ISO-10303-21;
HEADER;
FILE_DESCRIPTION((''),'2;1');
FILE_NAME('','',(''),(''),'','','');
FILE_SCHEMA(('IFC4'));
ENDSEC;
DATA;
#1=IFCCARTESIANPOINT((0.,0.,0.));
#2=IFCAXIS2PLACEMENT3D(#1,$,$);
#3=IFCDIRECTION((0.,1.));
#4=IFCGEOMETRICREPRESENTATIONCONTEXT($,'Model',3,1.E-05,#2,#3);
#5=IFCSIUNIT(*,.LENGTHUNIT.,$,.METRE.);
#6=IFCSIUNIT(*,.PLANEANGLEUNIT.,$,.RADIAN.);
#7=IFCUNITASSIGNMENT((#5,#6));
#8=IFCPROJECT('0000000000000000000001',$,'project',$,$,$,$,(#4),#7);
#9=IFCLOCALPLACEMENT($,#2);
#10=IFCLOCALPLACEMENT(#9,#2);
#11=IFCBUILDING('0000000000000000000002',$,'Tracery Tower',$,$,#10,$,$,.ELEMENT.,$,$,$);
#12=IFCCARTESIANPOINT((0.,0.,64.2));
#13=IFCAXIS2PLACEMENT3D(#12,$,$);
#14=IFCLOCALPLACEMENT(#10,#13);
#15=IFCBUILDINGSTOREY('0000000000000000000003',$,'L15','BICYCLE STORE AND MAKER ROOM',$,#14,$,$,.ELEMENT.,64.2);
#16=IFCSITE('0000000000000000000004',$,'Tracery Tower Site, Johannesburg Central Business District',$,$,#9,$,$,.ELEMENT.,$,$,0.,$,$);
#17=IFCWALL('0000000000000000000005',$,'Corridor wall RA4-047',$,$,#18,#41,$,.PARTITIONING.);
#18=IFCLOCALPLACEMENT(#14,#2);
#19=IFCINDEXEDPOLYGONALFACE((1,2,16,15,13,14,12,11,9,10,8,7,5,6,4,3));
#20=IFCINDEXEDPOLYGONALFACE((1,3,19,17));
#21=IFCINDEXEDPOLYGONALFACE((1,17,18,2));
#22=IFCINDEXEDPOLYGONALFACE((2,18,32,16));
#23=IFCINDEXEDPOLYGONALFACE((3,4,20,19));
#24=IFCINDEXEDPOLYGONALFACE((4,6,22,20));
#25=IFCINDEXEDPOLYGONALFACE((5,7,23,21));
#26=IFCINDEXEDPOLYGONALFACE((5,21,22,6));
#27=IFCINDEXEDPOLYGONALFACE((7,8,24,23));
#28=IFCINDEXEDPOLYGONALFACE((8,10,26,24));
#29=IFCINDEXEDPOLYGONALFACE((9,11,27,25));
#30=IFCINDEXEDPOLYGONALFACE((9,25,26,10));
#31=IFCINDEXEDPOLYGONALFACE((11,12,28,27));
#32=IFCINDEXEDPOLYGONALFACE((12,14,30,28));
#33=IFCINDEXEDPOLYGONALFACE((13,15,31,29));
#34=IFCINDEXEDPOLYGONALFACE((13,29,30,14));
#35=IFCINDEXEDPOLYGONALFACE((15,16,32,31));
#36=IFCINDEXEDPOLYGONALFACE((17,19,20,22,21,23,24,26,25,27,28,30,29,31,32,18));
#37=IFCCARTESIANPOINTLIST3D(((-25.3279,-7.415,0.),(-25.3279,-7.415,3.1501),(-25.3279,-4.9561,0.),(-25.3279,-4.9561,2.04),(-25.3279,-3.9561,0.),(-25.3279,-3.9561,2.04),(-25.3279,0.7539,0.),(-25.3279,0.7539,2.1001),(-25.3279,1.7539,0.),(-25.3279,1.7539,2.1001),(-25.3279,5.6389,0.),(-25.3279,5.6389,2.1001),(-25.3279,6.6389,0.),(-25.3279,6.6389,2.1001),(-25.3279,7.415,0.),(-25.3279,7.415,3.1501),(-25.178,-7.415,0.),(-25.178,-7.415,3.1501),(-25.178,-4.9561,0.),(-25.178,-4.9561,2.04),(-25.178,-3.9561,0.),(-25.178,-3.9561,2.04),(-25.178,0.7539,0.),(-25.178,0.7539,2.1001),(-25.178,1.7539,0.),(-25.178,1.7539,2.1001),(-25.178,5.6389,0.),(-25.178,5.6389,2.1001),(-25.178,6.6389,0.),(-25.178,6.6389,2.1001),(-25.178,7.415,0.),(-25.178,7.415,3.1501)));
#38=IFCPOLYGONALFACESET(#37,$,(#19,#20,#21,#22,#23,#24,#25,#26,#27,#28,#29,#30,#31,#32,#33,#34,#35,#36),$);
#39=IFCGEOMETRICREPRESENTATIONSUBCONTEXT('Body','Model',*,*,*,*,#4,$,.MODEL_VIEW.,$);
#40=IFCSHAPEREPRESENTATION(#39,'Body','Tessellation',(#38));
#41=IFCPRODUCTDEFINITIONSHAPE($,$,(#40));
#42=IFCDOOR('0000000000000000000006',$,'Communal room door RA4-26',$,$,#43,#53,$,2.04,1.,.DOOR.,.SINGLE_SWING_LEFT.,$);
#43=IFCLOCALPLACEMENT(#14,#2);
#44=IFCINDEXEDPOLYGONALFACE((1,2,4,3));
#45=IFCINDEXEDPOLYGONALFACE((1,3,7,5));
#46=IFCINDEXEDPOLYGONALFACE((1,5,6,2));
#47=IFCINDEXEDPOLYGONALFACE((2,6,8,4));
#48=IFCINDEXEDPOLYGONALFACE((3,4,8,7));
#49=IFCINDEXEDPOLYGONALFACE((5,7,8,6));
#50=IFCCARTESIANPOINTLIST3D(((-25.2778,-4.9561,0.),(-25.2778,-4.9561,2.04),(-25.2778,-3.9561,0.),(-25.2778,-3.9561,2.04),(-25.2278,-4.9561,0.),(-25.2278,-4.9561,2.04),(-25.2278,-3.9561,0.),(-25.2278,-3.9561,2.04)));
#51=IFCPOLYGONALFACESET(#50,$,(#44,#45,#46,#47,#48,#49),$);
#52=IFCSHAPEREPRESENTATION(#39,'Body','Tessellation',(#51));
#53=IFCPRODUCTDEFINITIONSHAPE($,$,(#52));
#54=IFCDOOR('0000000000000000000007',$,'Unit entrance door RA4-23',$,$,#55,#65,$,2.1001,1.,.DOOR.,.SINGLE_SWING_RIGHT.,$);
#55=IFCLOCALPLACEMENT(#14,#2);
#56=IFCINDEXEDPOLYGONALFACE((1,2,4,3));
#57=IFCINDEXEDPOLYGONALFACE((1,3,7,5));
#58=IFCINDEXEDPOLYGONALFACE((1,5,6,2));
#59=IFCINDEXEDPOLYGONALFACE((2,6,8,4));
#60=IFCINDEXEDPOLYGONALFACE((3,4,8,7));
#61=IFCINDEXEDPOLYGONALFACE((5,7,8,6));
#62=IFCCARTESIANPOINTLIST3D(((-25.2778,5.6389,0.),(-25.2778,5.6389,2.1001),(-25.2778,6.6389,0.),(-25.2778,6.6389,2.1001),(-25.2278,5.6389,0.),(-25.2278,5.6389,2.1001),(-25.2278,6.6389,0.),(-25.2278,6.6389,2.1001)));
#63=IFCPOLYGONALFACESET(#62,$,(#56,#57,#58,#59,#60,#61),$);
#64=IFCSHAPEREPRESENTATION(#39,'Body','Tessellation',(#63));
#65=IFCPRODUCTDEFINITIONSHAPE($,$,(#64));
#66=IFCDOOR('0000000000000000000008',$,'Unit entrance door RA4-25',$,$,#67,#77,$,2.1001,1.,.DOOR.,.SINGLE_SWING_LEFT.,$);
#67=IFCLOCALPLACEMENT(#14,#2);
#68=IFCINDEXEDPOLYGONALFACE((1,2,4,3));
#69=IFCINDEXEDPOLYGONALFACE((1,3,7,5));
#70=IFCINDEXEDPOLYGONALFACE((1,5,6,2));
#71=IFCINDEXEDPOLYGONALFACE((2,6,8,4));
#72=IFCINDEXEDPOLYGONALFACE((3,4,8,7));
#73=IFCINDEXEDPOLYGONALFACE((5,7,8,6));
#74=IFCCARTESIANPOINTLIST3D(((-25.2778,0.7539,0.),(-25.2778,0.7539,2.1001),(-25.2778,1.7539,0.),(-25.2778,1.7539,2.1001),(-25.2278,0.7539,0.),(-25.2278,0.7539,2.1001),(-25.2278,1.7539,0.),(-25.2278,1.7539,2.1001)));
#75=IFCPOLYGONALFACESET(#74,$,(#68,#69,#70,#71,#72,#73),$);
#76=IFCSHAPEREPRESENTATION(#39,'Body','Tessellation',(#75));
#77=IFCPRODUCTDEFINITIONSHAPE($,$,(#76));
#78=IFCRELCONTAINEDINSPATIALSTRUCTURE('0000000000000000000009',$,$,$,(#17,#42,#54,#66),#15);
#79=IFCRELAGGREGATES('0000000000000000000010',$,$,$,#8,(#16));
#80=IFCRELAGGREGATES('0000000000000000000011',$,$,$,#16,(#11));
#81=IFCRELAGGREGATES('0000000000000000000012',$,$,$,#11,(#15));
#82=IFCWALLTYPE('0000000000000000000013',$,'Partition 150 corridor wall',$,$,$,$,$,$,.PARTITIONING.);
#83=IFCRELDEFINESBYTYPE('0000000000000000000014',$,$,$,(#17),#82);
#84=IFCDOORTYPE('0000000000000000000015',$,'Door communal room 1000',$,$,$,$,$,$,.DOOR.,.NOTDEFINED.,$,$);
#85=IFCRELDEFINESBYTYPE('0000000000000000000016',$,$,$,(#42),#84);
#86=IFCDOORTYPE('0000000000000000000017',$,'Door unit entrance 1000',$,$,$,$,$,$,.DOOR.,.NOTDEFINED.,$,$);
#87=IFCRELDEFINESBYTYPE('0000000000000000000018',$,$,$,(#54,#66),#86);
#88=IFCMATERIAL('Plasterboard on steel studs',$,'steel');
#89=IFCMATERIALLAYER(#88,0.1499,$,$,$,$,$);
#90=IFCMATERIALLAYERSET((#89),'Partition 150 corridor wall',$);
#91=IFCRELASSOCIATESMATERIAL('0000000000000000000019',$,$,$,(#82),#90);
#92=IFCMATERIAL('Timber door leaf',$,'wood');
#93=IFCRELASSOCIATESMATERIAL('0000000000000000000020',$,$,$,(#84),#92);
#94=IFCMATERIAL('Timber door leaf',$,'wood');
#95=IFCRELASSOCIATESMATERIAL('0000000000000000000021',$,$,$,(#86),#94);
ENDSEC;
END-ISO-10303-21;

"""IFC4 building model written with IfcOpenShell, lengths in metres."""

from ifc_helpers import new_model, si_unit, direction, frame, frame_2d, origin, place, context, subcontext, project, spatial, rectangle, extrude, material, layer, layer_set, type_object, element, fill, save


model = new_model("IFC4")

# Units and contexts
model_context = context("Model", 3, precision=1e-05, world=origin(), true_north=direction((0.0, 1.0)))
body_context = subcontext(model_context, "Body", "Model", "MODEL_VIEW")
ifc_project = project(units=[si_unit("LENGTHUNIT", "METRE"), si_unit("PLANEANGLEUNIT", "RADIAN")], contexts=[model_context])

# Site, building, storey
site_placement = place(None, origin())
site = spatial("IfcSite", under=ifc_project, at=site_placement, Name="Tracery Tower Site, Johannesburg Central Business District", CompositionType="ELEMENT", RefElevation=0.0)
building_placement = place(site_placement, origin())
building = spatial("IfcBuilding", under=site, at=building_placement, Name="Tracery Tower", CompositionType="ELEMENT")
storey_placement = place(building_placement, frame((0.0, 0.0, 64.2)))
storey = spatial("IfcBuildingStorey", under=building, at=storey_placement, Name="L15", Description="BICYCLE STORE AND MAKER ROOM", CompositionType="ELEMENT", Elevation=64.2)

# Wall, openings, doors
ifc_material_1 = material(Name="Plasterboard on steel studs", Category="steel")
ifc_layer_1 = layer(ifc_material_1, 0.1499)
ifc_layer_set_1 = layer_set([ifc_layer_1], Name="Partition 150 corridor wall")
wall_type_1 = type_object("IfcWallType", Name="Partition 150 corridor wall", PredefinedType="PARTITIONING", material=ifc_layer_set_1)
wall_1_placement = place(storey_placement, frame((-25.2529, -7.415, 0.0), z_axis=(0.0, 0.0, 1.0), x_axis=(0.0, 1.0, 0.0)))
wall_1 = element("IfcWall", 1, at=wall_1_placement, inside=storey, type_object=wall_type_1, Name="Corridor wall RA4-047", PredefinedType="PARTITIONING", context=body_context, shape_type="SweptSolid", body=[
    extrude(rectangle(XDim=14.8301, YDim=0.1499, at=frame_2d((7.415, 0.0))), origin(), (0.0, 0.0, 1.0), 3.1501),
])
opening_1_placement = place(wall_1_placement, frame((13.054, 0.0, 0.0)))
opening_1 = element("IfcOpeningElement", 2, at=opening_1_placement, cuts=wall_1, PredefinedType="OPENING", context=body_context, shape_type="SweptSolid", body=[
    extrude(rectangle(XDim=1.0, YDim=2.1001, at=frame_2d((0.5, 1.05))), frame((0.0, 0.075, 0.0), z_axis=(0.0, -1.0, 0.0), x_axis=(1.0, 0.0, 0.0)), (0.0, 0.0, 1.0), 0.1499),
])
opening_2_placement = place(wall_1_placement, frame((8.1689, 0.0, 0.0)))
opening_2 = element("IfcOpeningElement", 3, at=opening_2_placement, cuts=wall_1, PredefinedType="OPENING", context=body_context, shape_type="SweptSolid", body=[
    extrude(rectangle(XDim=1.0, YDim=2.1001, at=frame_2d((0.5, 1.05))), frame((0.0, 0.075, 0.0), z_axis=(0.0, -1.0, 0.0), x_axis=(1.0, 0.0, 0.0)), (0.0, 0.0, 1.0), 0.1499),
])
opening_3_placement = place(wall_1_placement, frame((2.459, 0.0, 0.0)))
opening_3 = element("IfcOpeningElement", 4, at=opening_3_placement, cuts=wall_1, PredefinedType="OPENING", context=body_context, shape_type="SweptSolid", body=[
    extrude(rectangle(XDim=1.0, YDim=2.04, at=frame_2d((0.5, 1.02))), frame((0.0, 0.075, 0.0), z_axis=(0.0, -1.0, 0.0), x_axis=(1.0, 0.0, 0.0)), (0.0, 0.0, 1.0), 0.1499),
])
ifc_material_2 = material(Name="Timber door leaf", Category="wood")
door_type_1 = type_object("IfcDoorType", Name="Door communal room 1000", OperationType="NOTDEFINED", PredefinedType="DOOR", material=ifc_material_2)
door_1_placement = place(opening_3_placement, origin())
door_1 = element("IfcDoor", 5, at=door_1_placement, inside=storey, type_object=door_type_1, Name="Communal room door RA4-26", OperationType="SINGLE_SWING_LEFT", OverallHeight=2.04, OverallWidth=1.0, PredefinedType="DOOR", context=body_context, shape_type="SweptSolid", body=[
    extrude(rectangle(XDim=1.0, YDim=2.04, at=frame_2d((0.5, 1.02))), frame((0.0, 0.0249, 0.0), z_axis=(0.0, -1.0, 0.0), x_axis=(1.0, 0.0, 0.0)), (0.0, 0.0, 1.0), 0.05),
])
fill(opening_3, door_1)
ifc_material_3 = material(Name="Timber door leaf", Category="wood")
door_type_2 = type_object("IfcDoorType", Name="Door unit entrance 1000", OperationType="NOTDEFINED", PredefinedType="DOOR", material=ifc_material_3)
door_2_placement = place(opening_1_placement, origin())
door_2 = element("IfcDoor", 6, at=door_2_placement, inside=storey, type_object=door_type_2, Name="Unit entrance door RA4-23", OperationType="SINGLE_SWING_RIGHT", OverallHeight=2.1001, OverallWidth=1.0, PredefinedType="DOOR", context=body_context, shape_type="SweptSolid", body=[
    extrude(rectangle(XDim=1.0, YDim=2.1001, at=frame_2d((0.5, 1.05))), frame((0.0, 0.0249, 0.0), z_axis=(0.0, -1.0, 0.0), x_axis=(1.0, 0.0, 0.0)), (0.0, 0.0, 1.0), 0.05),
])
fill(opening_1, door_2)
door_3_placement = place(opening_2_placement, origin())
door_3 = element("IfcDoor", 7, at=door_3_placement, inside=storey, type_object=door_type_2, Name="Unit entrance door RA4-25", OperationType="SINGLE_SWING_LEFT", OverallHeight=2.1001, OverallWidth=1.0, PredefinedType="DOOR", context=body_context, shape_type="SweptSolid", body=[
    extrude(rectangle(XDim=1.0, YDim=2.1001, at=frame_2d((0.5, 1.05))), frame((0.0, 0.0249, 0.0), z_axis=(0.0, -1.0, 0.0), x_axis=(1.0, 0.0, 0.0)), (0.0, 0.0, 1.0), 0.05),
])
fill(opening_2, door_3)

save(model, "model.ifc")
